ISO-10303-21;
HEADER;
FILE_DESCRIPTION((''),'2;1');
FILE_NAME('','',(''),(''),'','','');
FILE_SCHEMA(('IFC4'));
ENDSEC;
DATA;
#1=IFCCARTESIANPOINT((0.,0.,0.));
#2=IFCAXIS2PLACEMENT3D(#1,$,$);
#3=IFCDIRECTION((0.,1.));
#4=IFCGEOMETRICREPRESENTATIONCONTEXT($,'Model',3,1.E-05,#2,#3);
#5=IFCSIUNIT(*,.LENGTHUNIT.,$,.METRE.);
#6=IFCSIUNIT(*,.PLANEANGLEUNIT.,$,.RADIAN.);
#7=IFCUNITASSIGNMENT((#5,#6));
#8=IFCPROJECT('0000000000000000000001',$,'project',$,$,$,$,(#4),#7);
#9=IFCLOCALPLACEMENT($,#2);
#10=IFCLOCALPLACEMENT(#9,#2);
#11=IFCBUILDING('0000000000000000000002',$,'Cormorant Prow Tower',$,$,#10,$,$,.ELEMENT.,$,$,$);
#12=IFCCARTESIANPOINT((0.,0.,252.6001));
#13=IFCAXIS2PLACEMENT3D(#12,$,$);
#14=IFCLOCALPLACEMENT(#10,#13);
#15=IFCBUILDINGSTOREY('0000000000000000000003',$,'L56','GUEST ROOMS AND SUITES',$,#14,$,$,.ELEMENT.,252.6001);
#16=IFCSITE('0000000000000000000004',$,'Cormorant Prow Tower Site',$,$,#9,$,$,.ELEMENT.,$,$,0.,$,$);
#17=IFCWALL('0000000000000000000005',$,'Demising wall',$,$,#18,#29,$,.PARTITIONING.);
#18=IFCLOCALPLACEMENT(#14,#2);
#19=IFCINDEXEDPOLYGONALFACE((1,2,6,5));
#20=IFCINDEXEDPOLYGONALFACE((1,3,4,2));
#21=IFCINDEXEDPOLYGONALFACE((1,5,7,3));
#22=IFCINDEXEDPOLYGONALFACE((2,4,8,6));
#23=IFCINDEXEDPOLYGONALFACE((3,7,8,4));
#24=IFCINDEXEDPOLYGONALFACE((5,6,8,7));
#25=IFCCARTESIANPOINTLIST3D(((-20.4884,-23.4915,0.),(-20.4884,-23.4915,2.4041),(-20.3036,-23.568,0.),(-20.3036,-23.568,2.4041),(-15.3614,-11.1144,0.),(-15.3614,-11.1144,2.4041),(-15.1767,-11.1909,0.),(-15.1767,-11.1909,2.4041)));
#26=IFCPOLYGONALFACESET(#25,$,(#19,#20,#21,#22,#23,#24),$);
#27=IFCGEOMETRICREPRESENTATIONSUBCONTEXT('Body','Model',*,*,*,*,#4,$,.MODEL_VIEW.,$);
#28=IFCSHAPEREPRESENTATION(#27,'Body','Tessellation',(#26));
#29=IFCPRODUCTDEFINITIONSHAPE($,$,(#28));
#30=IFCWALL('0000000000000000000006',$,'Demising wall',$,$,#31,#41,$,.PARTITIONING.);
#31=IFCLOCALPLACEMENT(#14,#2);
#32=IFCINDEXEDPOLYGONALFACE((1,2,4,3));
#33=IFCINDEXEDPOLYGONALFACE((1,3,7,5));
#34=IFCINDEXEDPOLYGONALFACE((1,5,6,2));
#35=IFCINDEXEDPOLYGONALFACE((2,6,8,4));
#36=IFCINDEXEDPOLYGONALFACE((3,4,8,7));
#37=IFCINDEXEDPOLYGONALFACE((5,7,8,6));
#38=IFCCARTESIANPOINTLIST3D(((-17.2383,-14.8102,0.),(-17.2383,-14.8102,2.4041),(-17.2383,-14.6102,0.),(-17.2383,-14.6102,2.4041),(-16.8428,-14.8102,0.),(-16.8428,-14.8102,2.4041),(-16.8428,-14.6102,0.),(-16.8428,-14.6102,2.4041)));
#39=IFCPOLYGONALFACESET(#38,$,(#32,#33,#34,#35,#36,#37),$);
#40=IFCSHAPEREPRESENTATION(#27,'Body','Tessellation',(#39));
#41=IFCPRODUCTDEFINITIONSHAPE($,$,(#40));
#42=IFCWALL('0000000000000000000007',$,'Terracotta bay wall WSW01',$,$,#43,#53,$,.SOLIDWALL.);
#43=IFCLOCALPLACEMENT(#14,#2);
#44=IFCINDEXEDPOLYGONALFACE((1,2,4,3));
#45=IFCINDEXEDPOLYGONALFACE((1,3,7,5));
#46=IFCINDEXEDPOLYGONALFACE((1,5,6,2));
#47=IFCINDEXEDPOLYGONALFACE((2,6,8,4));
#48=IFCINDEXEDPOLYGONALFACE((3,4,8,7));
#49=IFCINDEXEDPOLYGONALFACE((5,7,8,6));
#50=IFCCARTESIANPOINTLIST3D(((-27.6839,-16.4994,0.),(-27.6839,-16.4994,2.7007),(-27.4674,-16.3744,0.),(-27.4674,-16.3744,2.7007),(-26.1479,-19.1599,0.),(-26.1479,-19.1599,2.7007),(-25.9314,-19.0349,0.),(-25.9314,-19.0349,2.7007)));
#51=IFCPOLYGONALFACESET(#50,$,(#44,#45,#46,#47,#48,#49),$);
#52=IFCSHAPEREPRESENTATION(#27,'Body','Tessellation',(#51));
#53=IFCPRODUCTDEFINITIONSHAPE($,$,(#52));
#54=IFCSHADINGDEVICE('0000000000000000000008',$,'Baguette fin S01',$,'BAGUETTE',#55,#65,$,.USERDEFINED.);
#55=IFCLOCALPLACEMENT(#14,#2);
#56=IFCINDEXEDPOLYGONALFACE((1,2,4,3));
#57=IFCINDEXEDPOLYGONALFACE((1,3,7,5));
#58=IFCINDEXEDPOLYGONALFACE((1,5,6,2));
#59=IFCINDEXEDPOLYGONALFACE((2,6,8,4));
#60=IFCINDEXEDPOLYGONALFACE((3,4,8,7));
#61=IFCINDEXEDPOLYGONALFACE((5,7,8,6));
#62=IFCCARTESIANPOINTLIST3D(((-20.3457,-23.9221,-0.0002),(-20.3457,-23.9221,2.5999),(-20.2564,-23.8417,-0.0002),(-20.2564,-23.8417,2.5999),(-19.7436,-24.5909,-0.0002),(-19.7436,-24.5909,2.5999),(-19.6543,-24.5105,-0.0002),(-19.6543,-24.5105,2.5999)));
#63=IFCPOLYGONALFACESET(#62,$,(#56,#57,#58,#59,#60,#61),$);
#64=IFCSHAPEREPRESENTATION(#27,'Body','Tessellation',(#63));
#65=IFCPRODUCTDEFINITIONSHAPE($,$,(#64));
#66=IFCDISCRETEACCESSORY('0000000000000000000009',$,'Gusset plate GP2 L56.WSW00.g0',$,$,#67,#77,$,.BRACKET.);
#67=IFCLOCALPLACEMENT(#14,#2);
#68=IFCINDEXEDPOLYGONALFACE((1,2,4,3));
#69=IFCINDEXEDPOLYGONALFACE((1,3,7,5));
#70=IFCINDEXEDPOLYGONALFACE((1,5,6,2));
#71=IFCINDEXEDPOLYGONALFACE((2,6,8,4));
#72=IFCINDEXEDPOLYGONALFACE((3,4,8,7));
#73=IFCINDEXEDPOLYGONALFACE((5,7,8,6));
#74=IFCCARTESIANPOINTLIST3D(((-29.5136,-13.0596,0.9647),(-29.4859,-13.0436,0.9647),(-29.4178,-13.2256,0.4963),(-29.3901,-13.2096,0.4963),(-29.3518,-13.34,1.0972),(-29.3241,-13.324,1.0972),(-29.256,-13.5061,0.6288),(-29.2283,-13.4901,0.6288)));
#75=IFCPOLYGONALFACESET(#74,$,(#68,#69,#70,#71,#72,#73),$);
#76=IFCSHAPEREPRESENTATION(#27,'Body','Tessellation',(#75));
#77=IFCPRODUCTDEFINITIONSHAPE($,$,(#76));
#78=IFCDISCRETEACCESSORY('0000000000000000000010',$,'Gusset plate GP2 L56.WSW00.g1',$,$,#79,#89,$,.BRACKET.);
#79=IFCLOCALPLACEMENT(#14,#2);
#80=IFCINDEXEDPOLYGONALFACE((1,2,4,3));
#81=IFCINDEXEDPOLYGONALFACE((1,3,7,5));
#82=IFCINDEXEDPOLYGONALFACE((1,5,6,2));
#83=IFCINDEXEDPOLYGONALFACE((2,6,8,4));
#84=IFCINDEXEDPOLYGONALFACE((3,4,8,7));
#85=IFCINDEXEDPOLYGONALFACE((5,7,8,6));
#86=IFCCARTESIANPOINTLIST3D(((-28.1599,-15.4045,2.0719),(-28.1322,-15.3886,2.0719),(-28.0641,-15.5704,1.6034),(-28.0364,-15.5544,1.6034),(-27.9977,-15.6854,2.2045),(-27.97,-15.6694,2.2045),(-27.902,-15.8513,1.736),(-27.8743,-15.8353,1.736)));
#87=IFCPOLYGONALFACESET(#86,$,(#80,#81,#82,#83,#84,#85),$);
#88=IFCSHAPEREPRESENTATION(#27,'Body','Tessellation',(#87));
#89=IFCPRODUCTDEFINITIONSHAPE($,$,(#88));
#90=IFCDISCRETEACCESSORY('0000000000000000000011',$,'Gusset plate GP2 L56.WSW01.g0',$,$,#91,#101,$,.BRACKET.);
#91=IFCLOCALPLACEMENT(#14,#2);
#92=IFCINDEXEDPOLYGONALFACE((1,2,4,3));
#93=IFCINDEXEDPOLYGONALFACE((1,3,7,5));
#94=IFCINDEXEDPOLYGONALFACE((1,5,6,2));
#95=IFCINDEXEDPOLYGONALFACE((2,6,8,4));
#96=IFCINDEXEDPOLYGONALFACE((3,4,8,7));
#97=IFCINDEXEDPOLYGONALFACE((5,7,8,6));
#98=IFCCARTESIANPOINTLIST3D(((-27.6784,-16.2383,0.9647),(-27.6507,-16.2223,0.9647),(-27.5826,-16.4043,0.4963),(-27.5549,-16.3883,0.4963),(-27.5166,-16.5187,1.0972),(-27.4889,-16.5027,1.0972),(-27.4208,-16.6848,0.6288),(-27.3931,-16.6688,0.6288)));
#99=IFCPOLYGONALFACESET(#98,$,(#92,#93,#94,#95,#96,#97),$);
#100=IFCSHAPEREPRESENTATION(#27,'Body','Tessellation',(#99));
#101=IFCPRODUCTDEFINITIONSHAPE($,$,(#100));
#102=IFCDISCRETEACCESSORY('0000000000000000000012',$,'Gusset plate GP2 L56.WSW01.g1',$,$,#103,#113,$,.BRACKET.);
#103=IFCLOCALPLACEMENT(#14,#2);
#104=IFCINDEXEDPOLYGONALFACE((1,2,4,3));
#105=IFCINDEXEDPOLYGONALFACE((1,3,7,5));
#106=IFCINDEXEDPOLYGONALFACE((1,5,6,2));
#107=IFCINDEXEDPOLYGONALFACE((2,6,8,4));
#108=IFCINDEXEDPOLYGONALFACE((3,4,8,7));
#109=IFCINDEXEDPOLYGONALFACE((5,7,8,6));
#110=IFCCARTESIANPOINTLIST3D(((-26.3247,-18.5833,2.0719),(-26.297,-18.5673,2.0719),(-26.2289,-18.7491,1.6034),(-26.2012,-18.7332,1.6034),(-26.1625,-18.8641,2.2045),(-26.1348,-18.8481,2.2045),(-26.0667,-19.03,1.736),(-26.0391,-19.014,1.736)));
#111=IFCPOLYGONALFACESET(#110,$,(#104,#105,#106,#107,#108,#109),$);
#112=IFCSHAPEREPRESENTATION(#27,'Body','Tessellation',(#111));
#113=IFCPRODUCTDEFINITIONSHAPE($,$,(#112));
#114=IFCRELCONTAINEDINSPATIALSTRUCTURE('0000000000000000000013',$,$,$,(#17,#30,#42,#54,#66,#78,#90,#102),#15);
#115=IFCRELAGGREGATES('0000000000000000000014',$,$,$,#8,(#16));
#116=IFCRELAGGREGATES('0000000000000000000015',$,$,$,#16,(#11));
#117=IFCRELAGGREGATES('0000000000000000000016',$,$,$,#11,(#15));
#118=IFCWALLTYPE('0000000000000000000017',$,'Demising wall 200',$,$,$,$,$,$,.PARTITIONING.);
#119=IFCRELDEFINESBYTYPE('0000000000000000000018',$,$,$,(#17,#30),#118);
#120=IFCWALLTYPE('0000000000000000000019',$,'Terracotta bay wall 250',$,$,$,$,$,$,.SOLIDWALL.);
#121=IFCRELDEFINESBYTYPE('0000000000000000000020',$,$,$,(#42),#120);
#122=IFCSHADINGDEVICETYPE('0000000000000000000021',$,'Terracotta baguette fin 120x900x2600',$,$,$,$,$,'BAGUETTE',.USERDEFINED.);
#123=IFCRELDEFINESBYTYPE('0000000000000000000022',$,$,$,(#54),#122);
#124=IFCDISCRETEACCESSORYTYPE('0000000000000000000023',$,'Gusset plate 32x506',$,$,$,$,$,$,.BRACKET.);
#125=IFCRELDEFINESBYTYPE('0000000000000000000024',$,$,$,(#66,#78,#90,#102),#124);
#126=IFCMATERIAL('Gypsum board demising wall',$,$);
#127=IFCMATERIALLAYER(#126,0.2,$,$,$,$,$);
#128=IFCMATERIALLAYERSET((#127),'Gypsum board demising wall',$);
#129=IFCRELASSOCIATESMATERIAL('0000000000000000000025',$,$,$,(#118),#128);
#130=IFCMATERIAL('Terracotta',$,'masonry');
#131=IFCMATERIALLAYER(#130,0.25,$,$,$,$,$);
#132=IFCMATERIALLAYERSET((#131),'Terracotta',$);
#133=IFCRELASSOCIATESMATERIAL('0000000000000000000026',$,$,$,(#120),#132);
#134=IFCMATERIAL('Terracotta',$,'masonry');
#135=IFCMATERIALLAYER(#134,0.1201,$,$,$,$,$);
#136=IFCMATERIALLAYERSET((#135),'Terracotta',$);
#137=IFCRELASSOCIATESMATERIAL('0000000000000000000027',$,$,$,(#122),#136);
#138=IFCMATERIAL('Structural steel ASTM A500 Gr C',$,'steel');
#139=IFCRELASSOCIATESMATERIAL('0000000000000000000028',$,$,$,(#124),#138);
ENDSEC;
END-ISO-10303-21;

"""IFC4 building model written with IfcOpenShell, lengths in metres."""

from ifc_helpers import new_model, si_unit, direction, frame, frame_2d, origin, origin_2d, place, context, subcontext, project, spatial, rectangle, extrude, material, layer, layer_set, material_profile, profile_set, type_object, element, save


model = new_model("IFC4")

# Units and contexts
model_context = context("Model", 3, precision=1e-05, world=origin(), true_north=direction((0.0, 1.0)))
body_context = subcontext(model_context, "Body", "Model", "MODEL_VIEW")
ifc_project = project(units=[si_unit("LENGTHUNIT", "METRE"), si_unit("PLANEANGLEUNIT", "RADIAN")], contexts=[model_context])

# Site, building, storey
site_placement = place(None, origin())
site = spatial("IfcSite", under=ifc_project, at=site_placement, Name="Cormorant Prow Tower Site", CompositionType="ELEMENT", RefElevation=0.0)
building_placement = place(site_placement, origin())
building = spatial("IfcBuilding", under=site, at=building_placement, Name="Cormorant Prow Tower", CompositionType="ELEMENT")
storey_placement = place(building_placement, frame((0.0, 0.0, 252.6001)))
storey = spatial("IfcBuildingStorey", under=building, at=storey_placement, Name="L56", Description="GUEST ROOMS AND SUITES", CompositionType="ELEMENT", Elevation=252.6001)

# Walls
ifc_material_1 = material(Name="Gypsum board demising wall")
ifc_layer_1 = layer(ifc_material_1, 0.2)
ifc_layer_set_1 = layer_set([ifc_layer_1], Name="Gypsum board demising wall")
wall_type_1 = type_object("IfcWallType", Name="Demising wall 200", PredefinedType="PARTITIONING", material=ifc_layer_set_1)
wall_1_placement = place(storey_placement, frame((-20.396, -23.5298, 0.0), z_axis=(0.0, 0.0, 1.0), x_axis=(0.382693, 0.923876, 0.0)))
element("IfcWall", 1, at=wall_1_placement, inside=storey, type_object=wall_type_1, Name="Demising wall", PredefinedType="PARTITIONING", context=body_context, shape_type="SweptSolid", body=[
    extrude(rectangle(XDim=13.397, YDim=0.2, at=frame_2d((6.6985, 0.0))), origin(), (0.0, 0.0, 1.0), 2.4041),
])
wall_2_placement = place(storey_placement, frame((-17.2383, -14.7102, 0.0), z_axis=(0.0, 0.0, 1.0), x_axis=(1.0, 0.0, 0.0)))
element("IfcWall", 2, at=wall_2_placement, inside=storey, type_object=wall_type_1, Name="Demising wall", PredefinedType="PARTITIONING", context=body_context, shape_type="SweptSolid", body=[
    extrude(rectangle(XDim=0.3955, YDim=0.2, at=frame_2d((0.1978, 0.0))), origin(), (0.0, 0.0, 1.0), 2.4041),
])
ifc_material_2 = material(Name="Terracotta", Category="masonry")
ifc_layer_2 = layer(ifc_material_2, 0.25)
ifc_layer_set_2 = layer_set([ifc_layer_2], Name="Terracotta")
wall_type_2 = type_object("IfcWallType", Name="Terracotta bay wall 250", PredefinedType="SOLIDWALL", material=ifc_layer_set_2)
wall_3_placement = place(storey_placement, frame((-27.5757, -16.4368, 0.0), z_axis=(0.0, 0.0, 1.0), x_axis=(0.499977, -0.866039, 0.0)))
element("IfcWall", 3, at=wall_3_placement, inside=storey, type_object=wall_type_2, Name="Terracotta bay wall WSW01", PredefinedType="SOLIDWALL", context=body_context, shape_type="SweptSolid", body=[
    extrude(rectangle(XDim=3.072, YDim=0.25, at=frame_2d((1.5361, 0.0))), origin(), (0.0, 0.0, 1.0), 2.7007),
])

# Shading device
ifc_material_3 = material(Name="Terracotta", Category="masonry")
ifc_layer_3 = layer(ifc_material_3, 0.1201)
ifc_layer_set_3 = layer_set([ifc_layer_3], Name="Terracotta")
shading_device_type = type_object("IfcShadingDeviceType", Name="Terracotta baguette fin 120x900x2600", ElementType="BAGUETTE", PredefinedType="USERDEFINED", material=ifc_layer_set_3)
shading_device_placement = place(storey_placement, frame((-20.0, -24.2163, -0.0002), z_axis=(0.0, 0.0, 1.0), x_axis=(0.743145, 0.669131, 0.0)))
element("IfcShadingDevice", 4, at=shading_device_placement, inside=storey, type_object=shading_device_type, Name="Baguette fin S01", ObjectType="BAGUETTE", PredefinedType="USERDEFINED", context=body_context, shape_type="SweptSolid", body=[
    extrude(rectangle(XDim=0.1201, YDim=0.8999, at=origin_2d()), origin(), (0.0, 0.0, 1.0), 2.6001),
])

# Discrete accessories
ifc_material_4 = material(Name="Structural steel ASTM A500 Gr C", Category="steel")
ifc_material_profile_1 = material_profile(ifc_material_4, rectangle(XDim=0.032, YDim=0.5061, at=origin_2d()), Name="Gusset plate 32x506")
ifc_profile_set_1 = profile_set([ifc_material_profile_1], Name="Structural steel ASTM A500 Gr C")
discrete_accessory_type = type_object("IfcDiscreteAccessoryType", Name="Gusset plate 32x506", PredefinedType="BRACKET", material=ifc_profile_set_1)
discrete_accessory_1_placement = place(storey_placement, frame((-29.29, -13.415, 0.863), z_axis=(-0.462538, 0.801594, -0.378821), x_axis=(-0.866148, -0.499788, 0.0)))
element("IfcDiscreteAccessory", 5, at=discrete_accessory_1_placement, inside=storey, type_object=discrete_accessory_type, Name="Gusset plate GP2 L56.WSW00.g0", PredefinedType="BRACKET", context=body_context, shape_type="SweptSolid", body=[
    extrude(rectangle(XDim=0.032, YDim=0.5061, at=origin_2d()), origin(), (0.0, 0.0, 1.0), 0.3499),
])
discrete_accessory_2_placement = place(storey_placement, frame((-28.0981, -15.4795, 1.8376), z_axis=(0.462828, -0.801584, 0.378487), x_axis=(0.86601, 0.500027, 0.0)))
element("IfcDiscreteAccessory", 6, at=discrete_accessory_2_placement, inside=storey, type_object=discrete_accessory_type, Name="Gusset plate GP2 L56.WSW00.g1", PredefinedType="BRACKET", context=body_context, shape_type="SweptSolid", body=[
    extrude(rectangle(XDim=0.032, YDim=0.5061, at=origin_2d()), origin(), (0.0, 0.0, 1.0), 0.3503),
])
discrete_accessory_3_placement = place(storey_placement, frame((-27.4548, -16.5938, 0.863), z_axis=(-0.462538, 0.801594, -0.378821), x_axis=(-0.866148, -0.499788, 0.0)))
element("IfcDiscreteAccessory", 7, at=discrete_accessory_3_placement, inside=storey, type_object=discrete_accessory_type, Name="Gusset plate GP2 L56.WSW01.g0", PredefinedType="BRACKET", context=body_context, shape_type="SweptSolid", body=[
    extrude(rectangle(XDim=0.032, YDim=0.5061, at=origin_2d()), origin(), (0.0, 0.0, 1.0), 0.3499),
])
discrete_accessory_4_placement = place(storey_placement, frame((-26.2629, -18.6582, 1.8376), z_axis=(0.462828, -0.801584, 0.378487), x_axis=(0.86601, 0.500027, 0.0)))
element("IfcDiscreteAccessory", 8, at=discrete_accessory_4_placement, inside=storey, type_object=discrete_accessory_type, Name="Gusset plate GP2 L56.WSW01.g1", PredefinedType="BRACKET", context=body_context, shape_type="SweptSolid", body=[
    extrude(rectangle(XDim=0.032, YDim=0.5061, at=origin_2d()), origin(), (0.0, 0.0, 1.0), 0.3503),
])

save(model, "model.ifc")
